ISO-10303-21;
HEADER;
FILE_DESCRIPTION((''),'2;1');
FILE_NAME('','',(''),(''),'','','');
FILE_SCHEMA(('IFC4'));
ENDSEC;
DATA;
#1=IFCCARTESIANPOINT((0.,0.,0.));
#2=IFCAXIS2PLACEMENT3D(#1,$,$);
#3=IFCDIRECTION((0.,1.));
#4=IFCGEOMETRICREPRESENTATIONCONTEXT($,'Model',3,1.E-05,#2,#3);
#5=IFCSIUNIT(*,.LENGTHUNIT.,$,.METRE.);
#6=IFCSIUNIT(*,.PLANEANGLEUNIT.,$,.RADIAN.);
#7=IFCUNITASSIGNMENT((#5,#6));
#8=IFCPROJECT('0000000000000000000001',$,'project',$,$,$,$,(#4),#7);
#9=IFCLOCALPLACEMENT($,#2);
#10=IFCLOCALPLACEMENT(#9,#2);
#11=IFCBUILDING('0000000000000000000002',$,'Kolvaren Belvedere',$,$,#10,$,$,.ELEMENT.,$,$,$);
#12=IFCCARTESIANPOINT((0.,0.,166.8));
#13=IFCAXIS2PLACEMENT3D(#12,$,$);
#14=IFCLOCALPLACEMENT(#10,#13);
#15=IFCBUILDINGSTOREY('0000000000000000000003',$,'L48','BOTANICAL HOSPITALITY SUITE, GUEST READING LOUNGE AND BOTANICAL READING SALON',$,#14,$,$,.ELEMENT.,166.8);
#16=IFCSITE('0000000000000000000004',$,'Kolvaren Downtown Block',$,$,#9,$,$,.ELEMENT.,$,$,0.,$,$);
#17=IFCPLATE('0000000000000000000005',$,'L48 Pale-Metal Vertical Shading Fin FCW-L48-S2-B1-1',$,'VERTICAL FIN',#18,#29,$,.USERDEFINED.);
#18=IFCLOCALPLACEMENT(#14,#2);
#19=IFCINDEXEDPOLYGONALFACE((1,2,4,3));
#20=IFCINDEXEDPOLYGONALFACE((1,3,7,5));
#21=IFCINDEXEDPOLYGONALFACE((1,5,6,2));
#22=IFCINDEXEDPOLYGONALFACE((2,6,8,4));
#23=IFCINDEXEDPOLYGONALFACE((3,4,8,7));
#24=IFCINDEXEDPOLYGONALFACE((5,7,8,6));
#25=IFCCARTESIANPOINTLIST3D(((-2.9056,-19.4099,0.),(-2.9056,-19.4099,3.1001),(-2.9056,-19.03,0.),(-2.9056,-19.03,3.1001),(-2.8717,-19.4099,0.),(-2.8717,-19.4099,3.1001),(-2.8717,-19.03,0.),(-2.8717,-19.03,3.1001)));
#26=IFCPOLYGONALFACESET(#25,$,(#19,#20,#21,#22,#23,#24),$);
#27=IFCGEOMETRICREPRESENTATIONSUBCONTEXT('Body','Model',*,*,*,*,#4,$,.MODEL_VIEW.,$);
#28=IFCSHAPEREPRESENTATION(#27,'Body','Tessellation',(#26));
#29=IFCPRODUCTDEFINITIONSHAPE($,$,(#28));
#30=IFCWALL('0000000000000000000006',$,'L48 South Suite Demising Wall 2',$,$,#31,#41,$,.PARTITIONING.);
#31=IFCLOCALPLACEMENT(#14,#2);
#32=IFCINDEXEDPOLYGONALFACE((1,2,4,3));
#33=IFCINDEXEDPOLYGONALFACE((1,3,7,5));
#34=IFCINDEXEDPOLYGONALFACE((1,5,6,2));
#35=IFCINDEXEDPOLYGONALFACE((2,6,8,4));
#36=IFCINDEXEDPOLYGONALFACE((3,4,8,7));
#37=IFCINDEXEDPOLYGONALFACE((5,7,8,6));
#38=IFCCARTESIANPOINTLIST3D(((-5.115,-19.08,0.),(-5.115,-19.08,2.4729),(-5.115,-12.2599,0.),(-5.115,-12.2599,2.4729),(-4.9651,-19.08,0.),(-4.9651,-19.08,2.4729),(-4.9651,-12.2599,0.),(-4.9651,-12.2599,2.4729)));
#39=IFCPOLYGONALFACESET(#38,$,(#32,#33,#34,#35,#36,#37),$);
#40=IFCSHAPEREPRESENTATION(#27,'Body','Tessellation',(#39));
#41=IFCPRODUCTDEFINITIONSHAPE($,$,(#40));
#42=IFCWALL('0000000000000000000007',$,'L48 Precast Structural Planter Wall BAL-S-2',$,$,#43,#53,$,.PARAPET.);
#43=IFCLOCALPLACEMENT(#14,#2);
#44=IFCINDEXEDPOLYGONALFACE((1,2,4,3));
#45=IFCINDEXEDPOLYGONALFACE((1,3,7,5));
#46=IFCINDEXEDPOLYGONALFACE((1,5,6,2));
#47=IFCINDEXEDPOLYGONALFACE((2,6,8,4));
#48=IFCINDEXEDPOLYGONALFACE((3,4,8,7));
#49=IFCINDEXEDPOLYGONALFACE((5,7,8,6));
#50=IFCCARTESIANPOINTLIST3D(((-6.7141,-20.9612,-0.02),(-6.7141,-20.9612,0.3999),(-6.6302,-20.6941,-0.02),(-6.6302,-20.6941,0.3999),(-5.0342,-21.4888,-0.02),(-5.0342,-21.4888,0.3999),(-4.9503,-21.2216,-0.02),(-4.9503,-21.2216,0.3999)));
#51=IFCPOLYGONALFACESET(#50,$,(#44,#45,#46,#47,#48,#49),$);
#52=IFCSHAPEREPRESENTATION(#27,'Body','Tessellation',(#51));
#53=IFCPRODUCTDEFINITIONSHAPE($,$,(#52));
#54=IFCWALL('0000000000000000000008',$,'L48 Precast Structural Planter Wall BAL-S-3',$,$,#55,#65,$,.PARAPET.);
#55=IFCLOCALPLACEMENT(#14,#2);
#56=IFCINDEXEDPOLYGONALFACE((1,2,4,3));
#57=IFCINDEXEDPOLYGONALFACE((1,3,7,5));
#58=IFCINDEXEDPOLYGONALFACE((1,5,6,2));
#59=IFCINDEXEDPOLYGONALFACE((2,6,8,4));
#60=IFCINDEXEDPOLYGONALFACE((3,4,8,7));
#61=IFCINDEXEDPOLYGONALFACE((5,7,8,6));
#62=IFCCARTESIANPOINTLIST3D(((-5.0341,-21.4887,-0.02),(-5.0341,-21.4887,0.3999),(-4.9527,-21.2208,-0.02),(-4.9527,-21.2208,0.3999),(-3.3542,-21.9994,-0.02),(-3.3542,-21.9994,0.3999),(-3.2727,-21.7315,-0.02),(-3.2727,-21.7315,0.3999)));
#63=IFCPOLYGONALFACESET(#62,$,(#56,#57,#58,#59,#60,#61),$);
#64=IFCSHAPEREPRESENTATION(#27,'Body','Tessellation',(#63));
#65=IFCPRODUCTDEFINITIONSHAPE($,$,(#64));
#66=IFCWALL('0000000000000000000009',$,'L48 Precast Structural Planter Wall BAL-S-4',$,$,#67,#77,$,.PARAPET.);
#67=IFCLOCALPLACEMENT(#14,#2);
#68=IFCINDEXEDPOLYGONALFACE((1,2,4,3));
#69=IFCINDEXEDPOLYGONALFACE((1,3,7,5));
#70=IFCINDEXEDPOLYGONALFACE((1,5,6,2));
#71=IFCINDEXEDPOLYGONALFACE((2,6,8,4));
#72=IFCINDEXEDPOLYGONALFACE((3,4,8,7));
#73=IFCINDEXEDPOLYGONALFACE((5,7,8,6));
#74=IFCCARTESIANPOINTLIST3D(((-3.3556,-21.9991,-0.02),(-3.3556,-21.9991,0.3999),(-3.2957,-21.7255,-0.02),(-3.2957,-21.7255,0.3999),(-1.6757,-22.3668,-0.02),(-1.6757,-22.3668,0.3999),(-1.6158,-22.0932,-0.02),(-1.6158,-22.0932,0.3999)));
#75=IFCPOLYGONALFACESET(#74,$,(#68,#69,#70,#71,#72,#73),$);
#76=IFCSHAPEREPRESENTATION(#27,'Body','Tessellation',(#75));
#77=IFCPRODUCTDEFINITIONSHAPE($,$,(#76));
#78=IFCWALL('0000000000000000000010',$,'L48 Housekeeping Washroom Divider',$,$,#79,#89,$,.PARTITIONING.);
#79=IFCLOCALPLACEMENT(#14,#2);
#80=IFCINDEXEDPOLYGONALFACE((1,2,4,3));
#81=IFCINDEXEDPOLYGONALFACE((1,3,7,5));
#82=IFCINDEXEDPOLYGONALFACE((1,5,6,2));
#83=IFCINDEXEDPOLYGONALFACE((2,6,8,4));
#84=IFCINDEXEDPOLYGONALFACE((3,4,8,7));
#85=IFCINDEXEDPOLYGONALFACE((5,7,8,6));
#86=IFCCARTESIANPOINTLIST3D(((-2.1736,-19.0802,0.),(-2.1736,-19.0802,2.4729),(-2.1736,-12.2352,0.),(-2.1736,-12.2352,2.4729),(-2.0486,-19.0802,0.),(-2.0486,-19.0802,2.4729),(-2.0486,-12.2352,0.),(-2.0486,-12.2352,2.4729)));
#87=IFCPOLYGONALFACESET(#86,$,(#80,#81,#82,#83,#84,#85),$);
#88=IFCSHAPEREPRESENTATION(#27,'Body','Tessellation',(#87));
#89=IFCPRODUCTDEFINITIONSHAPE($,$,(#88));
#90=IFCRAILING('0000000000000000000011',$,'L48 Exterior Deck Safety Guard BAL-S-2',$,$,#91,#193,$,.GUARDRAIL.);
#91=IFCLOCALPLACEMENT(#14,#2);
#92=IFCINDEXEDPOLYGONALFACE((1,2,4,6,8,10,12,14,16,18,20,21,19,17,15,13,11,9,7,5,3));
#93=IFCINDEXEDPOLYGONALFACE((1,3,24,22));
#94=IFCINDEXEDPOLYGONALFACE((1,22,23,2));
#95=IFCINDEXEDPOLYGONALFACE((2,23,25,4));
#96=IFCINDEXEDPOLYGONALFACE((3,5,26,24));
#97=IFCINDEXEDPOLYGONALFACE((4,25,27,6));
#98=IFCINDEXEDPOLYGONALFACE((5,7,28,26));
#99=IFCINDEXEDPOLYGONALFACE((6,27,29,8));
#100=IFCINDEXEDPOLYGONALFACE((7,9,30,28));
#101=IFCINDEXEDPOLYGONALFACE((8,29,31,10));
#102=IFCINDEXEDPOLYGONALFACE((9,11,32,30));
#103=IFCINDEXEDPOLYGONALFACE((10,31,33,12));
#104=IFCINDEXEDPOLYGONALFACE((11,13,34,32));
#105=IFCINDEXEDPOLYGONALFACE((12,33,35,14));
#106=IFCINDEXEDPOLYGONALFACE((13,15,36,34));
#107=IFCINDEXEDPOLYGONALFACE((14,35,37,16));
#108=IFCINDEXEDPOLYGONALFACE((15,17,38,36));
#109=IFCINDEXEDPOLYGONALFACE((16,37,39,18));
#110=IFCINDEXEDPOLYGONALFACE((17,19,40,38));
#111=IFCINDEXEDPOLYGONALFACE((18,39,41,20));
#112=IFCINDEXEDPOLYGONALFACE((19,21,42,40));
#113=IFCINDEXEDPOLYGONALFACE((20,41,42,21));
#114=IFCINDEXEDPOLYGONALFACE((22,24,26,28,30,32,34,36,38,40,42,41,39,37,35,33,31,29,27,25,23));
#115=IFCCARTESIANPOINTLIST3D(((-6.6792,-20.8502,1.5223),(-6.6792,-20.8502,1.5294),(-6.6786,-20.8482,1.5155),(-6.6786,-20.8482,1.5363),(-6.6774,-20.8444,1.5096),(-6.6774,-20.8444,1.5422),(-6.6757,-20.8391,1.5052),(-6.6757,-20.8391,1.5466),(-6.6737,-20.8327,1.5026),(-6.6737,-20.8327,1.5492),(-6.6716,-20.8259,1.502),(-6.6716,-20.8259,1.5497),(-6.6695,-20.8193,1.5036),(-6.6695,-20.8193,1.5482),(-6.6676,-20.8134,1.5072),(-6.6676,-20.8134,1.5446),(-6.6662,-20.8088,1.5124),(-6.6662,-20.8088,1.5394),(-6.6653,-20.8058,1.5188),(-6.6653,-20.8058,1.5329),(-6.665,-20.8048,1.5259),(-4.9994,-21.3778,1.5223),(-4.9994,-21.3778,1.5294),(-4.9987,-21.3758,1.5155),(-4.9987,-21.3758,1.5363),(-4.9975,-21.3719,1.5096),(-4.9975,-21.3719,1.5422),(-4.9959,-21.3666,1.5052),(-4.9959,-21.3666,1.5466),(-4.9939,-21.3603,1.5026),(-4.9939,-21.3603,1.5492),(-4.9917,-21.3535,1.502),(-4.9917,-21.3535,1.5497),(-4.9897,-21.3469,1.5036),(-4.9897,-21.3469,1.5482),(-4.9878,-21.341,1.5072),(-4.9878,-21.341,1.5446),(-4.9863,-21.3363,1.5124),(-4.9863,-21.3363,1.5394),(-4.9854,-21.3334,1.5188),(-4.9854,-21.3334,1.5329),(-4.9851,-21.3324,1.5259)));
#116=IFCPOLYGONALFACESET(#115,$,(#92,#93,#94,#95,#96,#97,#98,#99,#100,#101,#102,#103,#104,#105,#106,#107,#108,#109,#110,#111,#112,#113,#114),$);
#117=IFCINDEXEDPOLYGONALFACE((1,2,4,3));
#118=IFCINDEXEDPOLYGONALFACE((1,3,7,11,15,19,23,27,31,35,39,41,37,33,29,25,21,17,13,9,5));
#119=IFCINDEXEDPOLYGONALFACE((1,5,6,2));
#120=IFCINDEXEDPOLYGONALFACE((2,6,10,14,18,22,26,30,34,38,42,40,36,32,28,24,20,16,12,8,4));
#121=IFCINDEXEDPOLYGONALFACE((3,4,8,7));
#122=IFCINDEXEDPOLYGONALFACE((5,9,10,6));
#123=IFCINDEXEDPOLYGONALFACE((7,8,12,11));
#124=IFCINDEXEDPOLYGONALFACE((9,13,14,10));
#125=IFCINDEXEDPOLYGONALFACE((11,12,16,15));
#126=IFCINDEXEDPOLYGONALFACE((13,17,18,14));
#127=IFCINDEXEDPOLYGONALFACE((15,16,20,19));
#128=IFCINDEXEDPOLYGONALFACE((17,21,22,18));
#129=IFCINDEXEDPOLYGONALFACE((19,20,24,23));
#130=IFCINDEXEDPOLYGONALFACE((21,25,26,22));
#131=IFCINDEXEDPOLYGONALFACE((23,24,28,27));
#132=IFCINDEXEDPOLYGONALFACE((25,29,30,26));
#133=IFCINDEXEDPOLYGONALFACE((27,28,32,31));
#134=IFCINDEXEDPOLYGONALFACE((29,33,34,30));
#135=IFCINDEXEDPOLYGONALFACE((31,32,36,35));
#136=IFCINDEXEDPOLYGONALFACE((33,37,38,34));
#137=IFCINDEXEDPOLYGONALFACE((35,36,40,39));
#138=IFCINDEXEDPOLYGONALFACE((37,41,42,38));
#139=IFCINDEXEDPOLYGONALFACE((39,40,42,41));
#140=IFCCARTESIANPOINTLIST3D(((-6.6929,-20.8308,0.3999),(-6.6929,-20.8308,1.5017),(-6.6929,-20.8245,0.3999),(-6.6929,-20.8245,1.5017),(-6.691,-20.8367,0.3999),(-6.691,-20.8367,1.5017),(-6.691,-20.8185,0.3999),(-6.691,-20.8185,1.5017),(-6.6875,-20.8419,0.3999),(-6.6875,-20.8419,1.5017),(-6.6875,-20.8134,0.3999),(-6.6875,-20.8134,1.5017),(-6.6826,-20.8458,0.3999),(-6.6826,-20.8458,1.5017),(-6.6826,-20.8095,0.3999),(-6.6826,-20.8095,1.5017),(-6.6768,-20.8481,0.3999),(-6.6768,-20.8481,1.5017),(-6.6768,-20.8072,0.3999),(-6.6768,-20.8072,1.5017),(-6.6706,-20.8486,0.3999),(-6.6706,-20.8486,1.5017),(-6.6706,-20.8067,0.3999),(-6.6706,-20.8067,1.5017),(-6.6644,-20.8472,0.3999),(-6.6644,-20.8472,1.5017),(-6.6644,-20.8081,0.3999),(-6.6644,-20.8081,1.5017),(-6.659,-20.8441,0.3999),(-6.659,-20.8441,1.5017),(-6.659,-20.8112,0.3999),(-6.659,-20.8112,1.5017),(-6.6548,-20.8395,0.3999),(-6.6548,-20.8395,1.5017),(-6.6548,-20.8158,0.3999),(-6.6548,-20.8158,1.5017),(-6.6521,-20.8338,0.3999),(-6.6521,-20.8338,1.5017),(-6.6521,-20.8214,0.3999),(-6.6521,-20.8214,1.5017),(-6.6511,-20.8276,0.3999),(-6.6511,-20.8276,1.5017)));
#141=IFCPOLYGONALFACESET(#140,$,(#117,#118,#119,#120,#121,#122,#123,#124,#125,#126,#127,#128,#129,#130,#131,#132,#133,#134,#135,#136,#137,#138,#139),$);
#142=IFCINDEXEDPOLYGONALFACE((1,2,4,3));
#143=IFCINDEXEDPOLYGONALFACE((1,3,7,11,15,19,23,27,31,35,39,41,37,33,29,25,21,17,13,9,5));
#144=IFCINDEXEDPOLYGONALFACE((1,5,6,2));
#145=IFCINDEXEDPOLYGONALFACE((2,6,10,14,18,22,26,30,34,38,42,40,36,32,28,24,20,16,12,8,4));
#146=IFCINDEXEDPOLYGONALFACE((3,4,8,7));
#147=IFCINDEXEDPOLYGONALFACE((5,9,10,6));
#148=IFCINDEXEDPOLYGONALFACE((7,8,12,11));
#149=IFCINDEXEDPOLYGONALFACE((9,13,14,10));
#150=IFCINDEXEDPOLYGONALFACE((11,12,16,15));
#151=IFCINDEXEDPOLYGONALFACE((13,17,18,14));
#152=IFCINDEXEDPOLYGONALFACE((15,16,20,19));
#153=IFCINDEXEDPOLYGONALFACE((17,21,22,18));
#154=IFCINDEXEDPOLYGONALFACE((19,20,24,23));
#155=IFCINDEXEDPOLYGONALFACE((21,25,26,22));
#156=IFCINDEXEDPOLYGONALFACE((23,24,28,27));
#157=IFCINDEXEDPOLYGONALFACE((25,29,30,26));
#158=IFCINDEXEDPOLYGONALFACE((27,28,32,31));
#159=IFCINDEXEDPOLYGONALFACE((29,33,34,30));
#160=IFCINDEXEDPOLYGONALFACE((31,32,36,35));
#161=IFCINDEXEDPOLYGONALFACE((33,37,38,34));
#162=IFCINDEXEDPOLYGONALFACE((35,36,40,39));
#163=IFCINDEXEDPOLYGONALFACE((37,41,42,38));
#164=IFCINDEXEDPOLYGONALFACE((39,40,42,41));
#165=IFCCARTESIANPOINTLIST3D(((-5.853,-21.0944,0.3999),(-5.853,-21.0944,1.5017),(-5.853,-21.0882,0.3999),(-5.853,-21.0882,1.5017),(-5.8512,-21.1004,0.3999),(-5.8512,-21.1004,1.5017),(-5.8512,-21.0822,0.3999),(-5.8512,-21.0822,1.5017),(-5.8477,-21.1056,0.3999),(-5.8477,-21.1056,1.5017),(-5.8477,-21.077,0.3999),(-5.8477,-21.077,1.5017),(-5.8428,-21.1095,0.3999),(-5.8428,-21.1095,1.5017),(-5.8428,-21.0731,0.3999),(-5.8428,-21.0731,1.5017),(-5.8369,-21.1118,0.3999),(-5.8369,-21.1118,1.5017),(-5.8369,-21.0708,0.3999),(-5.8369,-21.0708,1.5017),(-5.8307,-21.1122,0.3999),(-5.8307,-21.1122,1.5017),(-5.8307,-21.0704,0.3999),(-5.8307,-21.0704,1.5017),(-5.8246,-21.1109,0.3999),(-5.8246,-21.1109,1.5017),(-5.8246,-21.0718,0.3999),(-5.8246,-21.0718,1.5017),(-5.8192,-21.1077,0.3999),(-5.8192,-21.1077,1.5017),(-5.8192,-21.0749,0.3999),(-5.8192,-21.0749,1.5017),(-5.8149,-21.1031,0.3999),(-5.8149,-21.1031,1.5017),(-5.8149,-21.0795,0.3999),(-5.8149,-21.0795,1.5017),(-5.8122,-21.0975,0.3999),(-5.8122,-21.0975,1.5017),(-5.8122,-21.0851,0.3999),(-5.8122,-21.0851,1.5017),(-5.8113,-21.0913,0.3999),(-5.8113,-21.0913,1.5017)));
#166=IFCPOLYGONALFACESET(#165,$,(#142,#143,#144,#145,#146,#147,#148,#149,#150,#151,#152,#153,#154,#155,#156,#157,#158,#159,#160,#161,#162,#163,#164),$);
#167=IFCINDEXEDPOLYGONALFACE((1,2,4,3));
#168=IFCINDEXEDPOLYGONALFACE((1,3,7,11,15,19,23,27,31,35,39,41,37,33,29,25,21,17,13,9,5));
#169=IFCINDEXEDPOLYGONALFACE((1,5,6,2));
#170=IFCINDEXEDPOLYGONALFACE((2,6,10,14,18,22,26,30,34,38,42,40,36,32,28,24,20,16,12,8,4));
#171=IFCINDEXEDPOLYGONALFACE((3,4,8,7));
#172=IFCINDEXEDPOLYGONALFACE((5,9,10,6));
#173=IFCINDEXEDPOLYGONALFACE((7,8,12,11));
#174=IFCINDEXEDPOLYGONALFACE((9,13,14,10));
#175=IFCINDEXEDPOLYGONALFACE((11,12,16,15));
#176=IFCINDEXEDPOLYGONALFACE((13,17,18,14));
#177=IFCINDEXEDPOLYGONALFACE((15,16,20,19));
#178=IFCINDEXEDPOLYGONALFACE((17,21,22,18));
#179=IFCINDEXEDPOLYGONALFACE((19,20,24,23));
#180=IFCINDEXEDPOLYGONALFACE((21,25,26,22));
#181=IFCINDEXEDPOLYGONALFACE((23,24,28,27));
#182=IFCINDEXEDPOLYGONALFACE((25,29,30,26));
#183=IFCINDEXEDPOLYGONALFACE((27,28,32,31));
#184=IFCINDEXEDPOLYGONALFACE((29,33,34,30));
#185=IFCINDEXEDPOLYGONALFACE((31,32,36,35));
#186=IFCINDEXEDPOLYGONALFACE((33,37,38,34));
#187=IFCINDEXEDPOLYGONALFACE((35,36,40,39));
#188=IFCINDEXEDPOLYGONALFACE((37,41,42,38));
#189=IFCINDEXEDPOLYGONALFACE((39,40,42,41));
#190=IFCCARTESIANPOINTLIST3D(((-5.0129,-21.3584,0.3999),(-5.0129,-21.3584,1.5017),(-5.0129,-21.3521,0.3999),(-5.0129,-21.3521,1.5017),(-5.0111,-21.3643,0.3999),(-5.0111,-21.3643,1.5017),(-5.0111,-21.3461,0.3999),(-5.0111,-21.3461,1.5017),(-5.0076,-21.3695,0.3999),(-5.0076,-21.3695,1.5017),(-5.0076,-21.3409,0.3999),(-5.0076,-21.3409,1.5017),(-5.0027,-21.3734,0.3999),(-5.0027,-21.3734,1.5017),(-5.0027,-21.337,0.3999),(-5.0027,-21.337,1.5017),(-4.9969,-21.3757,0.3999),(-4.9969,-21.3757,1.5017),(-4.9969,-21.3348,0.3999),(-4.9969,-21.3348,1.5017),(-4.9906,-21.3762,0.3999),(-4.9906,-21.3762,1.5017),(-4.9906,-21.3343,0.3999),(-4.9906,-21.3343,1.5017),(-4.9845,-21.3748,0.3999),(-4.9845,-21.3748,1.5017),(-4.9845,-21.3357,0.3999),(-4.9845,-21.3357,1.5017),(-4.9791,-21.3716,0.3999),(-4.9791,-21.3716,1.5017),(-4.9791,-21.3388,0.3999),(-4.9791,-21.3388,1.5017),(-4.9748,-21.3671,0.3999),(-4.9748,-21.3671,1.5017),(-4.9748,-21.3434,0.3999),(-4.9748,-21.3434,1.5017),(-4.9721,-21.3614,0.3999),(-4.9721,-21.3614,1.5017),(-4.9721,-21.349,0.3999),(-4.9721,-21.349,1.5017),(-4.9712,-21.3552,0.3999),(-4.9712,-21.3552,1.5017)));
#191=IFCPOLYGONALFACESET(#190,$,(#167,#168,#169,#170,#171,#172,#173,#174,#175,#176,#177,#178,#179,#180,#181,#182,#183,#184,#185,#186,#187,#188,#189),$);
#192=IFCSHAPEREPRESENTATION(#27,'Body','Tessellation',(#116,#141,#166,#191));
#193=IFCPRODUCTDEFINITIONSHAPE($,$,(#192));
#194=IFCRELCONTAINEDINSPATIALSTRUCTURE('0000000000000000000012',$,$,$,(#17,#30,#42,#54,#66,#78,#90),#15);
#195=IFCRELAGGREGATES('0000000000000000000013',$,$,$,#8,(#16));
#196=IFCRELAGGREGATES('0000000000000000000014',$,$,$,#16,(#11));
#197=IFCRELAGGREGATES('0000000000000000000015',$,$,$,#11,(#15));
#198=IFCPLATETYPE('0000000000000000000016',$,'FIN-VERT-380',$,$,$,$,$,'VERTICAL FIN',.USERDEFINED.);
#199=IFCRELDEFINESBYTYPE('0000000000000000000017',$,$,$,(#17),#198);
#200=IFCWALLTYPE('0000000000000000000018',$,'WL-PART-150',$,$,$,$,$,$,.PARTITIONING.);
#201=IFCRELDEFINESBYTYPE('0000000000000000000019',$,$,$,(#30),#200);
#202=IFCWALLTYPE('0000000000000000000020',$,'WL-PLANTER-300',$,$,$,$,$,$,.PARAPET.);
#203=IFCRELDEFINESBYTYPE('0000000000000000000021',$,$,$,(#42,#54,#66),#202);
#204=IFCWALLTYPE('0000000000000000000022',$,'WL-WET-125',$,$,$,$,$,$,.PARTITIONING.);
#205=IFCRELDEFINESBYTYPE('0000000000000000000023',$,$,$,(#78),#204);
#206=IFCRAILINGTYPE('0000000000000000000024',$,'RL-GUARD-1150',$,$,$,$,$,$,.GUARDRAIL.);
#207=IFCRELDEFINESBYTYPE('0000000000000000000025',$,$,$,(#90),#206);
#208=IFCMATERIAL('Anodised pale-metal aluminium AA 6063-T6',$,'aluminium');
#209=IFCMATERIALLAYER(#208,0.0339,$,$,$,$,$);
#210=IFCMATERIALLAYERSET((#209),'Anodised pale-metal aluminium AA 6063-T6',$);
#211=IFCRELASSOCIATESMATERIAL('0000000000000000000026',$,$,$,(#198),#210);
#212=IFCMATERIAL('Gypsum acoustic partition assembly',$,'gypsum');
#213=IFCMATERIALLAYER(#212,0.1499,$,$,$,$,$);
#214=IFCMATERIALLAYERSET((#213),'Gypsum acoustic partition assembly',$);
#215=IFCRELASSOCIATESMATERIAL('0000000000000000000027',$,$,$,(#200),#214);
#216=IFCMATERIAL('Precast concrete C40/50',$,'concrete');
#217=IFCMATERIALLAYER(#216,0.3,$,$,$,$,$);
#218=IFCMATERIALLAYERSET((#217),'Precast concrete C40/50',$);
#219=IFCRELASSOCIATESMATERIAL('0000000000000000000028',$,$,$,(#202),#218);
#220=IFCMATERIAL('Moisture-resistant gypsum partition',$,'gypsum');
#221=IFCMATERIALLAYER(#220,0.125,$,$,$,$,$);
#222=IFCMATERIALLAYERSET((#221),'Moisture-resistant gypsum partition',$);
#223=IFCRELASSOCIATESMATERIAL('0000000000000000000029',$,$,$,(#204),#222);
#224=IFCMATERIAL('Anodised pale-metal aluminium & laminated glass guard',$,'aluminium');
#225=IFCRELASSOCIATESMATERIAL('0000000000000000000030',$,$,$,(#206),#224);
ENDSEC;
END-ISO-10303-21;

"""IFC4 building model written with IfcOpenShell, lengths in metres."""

from ifc_helpers import new_model, si_unit, direction, frame, frame_2d, origin, origin_2d, place, context, subcontext, project, spatial, rectangle, circle, extrude, material, layer, layer_set, type_object, element, save


model = new_model("IFC4")

# Units and contexts
model_context = context("Model", 3, precision=1e-05, world=origin(), true_north=direction((0.0, 1.0)))
body_context = subcontext(model_context, "Body", "Model", "MODEL_VIEW")
ifc_project = project(units=[si_unit("LENGTHUNIT", "METRE"), si_unit("PLANEANGLEUNIT", "RADIAN")], contexts=[model_context])

# Site, building, storey
site_placement = place(None, origin())
site = spatial("IfcSite", under=ifc_project, at=site_placement, Name="Kolvaren Downtown Block", CompositionType="ELEMENT", RefElevation=0.0)
building_placement = place(site_placement, origin())
building = spatial("IfcBuilding", under=site, at=building_placement, Name="Kolvaren Belvedere", CompositionType="ELEMENT")
storey_placement = place(building_placement, frame((0.0, 0.0, 166.8)))
storey = spatial("IfcBuildingStorey", under=building, at=storey_placement, Name="L48", Description="BOTANICAL HOSPITALITY SUITE, GUEST READING LOUNGE AND BOTANICAL READING SALON", CompositionType="ELEMENT", Elevation=166.8)

# Plate
ifc_material_1 = material(Name="Anodised pale-metal aluminium AA 6063-T6", Category="aluminium")
ifc_layer_1 = layer(ifc_material_1, 0.0339)
ifc_layer_set_1 = layer_set([ifc_layer_1], Name="Anodised pale-metal aluminium AA 6063-T6")
plate_type_1 = type_object("IfcPlateType", Name="FIN-VERT-380", ElementType="VERTICAL FIN", PredefinedType="USERDEFINED", material=ifc_layer_set_1)
plate_1_placement = place(storey_placement, frame((-2.8887, -19.22, 0.0), z_axis=(0.0, 0.0, 1.0), x_axis=(0.0, 1.0, 0.0)))
element("IfcPlate", 1, at=plate_1_placement, inside=storey, type_object=plate_type_1, Name="L48 Pale-Metal Vertical Shading Fin FCW-L48-S2-B1-1", ObjectType="VERTICAL FIN", PredefinedType="USERDEFINED", context=body_context, shape_type="SweptSolid", body=[
    extrude(rectangle(XDim=0.3799, YDim=0.0339, at=origin_2d()), origin(), (0.0, 0.0, 1.0), 3.1001),
])

# Walls
ifc_material_2 = material(Name="Gypsum acoustic partition assembly", Category="gypsum")
ifc_layer_2 = layer(ifc_material_2, 0.1499)
ifc_layer_set_2 = layer_set([ifc_layer_2], Name="Gypsum acoustic partition assembly")
wall_type_1 = type_object("IfcWallType", Name="WL-PART-150", PredefinedType="PARTITIONING", material=ifc_layer_set_2)
wall_1_placement = place(storey_placement, frame((-5.04, -19.0801, 0.0), z_axis=(0.0, 0.0, 1.0), x_axis=(0.0, 1.0, 0.0)))
element("IfcWall", 2, at=wall_1_placement, inside=storey, type_object=wall_type_1, Name="L48 South Suite Demising Wall 2", PredefinedType="PARTITIONING", context=body_context, shape_type="SweptSolid", body=[
    extrude(rectangle(XDim=6.8201, YDim=0.1499, at=frame_2d((3.4102, 0.0))), origin(), (0.0, 0.0, 1.0), 2.4729),
])
ifc_material_3 = material(Name="Precast concrete C40/50", Category="concrete")
ifc_layer_3 = layer(ifc_material_3, 0.3)
ifc_layer_set_3 = layer_set([ifc_layer_3], Name="Precast concrete C40/50")
wall_type_2 = type_object("IfcWallType", Name="WL-PLANTER-300", PredefinedType="PARAPET", material=ifc_layer_set_3)
wall_2_placement = place(storey_placement, frame((-6.6721, -20.8276, -0.02), z_axis=(0.0, 0.0, 1.0), x_axis=(0.954057, -0.299625, 0.0)))
element("IfcWall", 3, at=wall_2_placement, inside=storey, type_object=wall_type_2, Name="L48 Precast Structural Planter Wall BAL-S-2", PredefinedType="PARAPET", context=body_context, shape_type="SweptSolid", body=[
    extrude(rectangle(XDim=1.7607, YDim=0.28, at=frame_2d((0.8804, 0.0))), origin(), (0.0, 0.0, 1.0), 0.4199),
])
wall_3_placement = place(storey_placement, frame((-4.9934, -21.3547, -0.02), z_axis=(0.0, 0.0, 1.0), x_axis=(0.95676, -0.290879, 0.0)))
element("IfcWall", 4, at=wall_3_placement, inside=storey, type_object=wall_type_2, Name="L48 Precast Structural Planter Wall BAL-S-3", PredefinedType="PARAPET", context=body_context, shape_type="SweptSolid", body=[
    extrude(rectangle(XDim=1.7559, YDim=0.28, at=frame_2d((0.8779, 0.0))), origin(), (0.0, 0.0, 1.0), 0.4199),
])
wall_4_placement = place(storey_placement, frame((-3.3257, -21.8623, -0.02), z_axis=(0.0, 0.0, 1.0), x_axis=(0.976877, -0.213803, 0.0)))
element("IfcWall", 5, at=wall_4_placement, inside=storey, type_object=wall_type_2, Name="L48 Precast Structural Planter Wall BAL-S-4", PredefinedType="PARAPET", context=body_context, shape_type="SweptSolid", body=[
    extrude(rectangle(XDim=1.7197, YDim=0.28, at=frame_2d((0.8599, 0.0))), origin(), (0.0, 0.0, 1.0), 0.4199),
])
ifc_material_4 = material(Name="Moisture-resistant gypsum partition", Category="gypsum")
ifc_layer_4 = layer(ifc_material_4, 0.125)
ifc_layer_set_4 = layer_set([ifc_layer_4], Name="Moisture-resistant gypsum partition")
wall_type_3 = type_object("IfcWallType", Name="WL-WET-125", PredefinedType="PARTITIONING", material=ifc_layer_set_4)
wall_5_placement = place(storey_placement, frame((-2.1111, -19.0801, 0.0), z_axis=(0.0, 0.0, 1.0), x_axis=(0.0, 1.0, 0.0)))
element("IfcWall", 6, at=wall_5_placement, inside=storey, type_object=wall_type_3, Name="L48 Housekeeping Washroom Divider", PredefinedType="PARTITIONING", context=body_context, shape_type="SweptSolid", body=[
    extrude(rectangle(XDim=6.845, YDim=0.125, at=frame_2d((3.4224, 0.0))), origin(), (0.0, 0.0, 1.0), 2.4729),
])

# Railing
ifc_material_5 = material(Name="Anodised pale-metal aluminium & laminated glass guard", Category="aluminium")
railing_type = type_object("IfcRailingType", Name="RL-GUARD-1150", PredefinedType="GUARDRAIL", material=ifc_material_5)
railing_1_placement = place(storey_placement, frame((-6.6721, -20.8276, 0.3999)))
element("IfcRailing", 7, at=railing_1_placement, inside=storey, type_object=railing_type, Name="L48 Exterior Deck Safety Guard BAL-S-2", PredefinedType="GUARDRAIL", context=body_context, shape_type="SweptSolid", body=[
    extrude(circle(Radius=0.0239, at=origin_2d()), frame((0.0, 0.0, 1.126), z_axis=(0.954057, -0.299625, 0.0), x_axis=(0.299625, 0.954057, 0.0)), (0.0, 0.0, 1.0), 1.7607),
    extrude(circle(Radius=0.021, at=origin_2d()), origin(), (0.0, 0.0, 1.0), 1.1018),
    extrude(circle(Radius=0.021, at=origin_2d()), frame((0.8398, -0.2637, 0.0)), (0.0, 0.0, 1.0), 1.1018),
    extrude(circle(Radius=0.021, at=origin_2d()), frame((1.6799, -0.5276, 0.0)), (0.0, 0.0, 1.0), 1.1018),
])

save(model, "model.ifc")
